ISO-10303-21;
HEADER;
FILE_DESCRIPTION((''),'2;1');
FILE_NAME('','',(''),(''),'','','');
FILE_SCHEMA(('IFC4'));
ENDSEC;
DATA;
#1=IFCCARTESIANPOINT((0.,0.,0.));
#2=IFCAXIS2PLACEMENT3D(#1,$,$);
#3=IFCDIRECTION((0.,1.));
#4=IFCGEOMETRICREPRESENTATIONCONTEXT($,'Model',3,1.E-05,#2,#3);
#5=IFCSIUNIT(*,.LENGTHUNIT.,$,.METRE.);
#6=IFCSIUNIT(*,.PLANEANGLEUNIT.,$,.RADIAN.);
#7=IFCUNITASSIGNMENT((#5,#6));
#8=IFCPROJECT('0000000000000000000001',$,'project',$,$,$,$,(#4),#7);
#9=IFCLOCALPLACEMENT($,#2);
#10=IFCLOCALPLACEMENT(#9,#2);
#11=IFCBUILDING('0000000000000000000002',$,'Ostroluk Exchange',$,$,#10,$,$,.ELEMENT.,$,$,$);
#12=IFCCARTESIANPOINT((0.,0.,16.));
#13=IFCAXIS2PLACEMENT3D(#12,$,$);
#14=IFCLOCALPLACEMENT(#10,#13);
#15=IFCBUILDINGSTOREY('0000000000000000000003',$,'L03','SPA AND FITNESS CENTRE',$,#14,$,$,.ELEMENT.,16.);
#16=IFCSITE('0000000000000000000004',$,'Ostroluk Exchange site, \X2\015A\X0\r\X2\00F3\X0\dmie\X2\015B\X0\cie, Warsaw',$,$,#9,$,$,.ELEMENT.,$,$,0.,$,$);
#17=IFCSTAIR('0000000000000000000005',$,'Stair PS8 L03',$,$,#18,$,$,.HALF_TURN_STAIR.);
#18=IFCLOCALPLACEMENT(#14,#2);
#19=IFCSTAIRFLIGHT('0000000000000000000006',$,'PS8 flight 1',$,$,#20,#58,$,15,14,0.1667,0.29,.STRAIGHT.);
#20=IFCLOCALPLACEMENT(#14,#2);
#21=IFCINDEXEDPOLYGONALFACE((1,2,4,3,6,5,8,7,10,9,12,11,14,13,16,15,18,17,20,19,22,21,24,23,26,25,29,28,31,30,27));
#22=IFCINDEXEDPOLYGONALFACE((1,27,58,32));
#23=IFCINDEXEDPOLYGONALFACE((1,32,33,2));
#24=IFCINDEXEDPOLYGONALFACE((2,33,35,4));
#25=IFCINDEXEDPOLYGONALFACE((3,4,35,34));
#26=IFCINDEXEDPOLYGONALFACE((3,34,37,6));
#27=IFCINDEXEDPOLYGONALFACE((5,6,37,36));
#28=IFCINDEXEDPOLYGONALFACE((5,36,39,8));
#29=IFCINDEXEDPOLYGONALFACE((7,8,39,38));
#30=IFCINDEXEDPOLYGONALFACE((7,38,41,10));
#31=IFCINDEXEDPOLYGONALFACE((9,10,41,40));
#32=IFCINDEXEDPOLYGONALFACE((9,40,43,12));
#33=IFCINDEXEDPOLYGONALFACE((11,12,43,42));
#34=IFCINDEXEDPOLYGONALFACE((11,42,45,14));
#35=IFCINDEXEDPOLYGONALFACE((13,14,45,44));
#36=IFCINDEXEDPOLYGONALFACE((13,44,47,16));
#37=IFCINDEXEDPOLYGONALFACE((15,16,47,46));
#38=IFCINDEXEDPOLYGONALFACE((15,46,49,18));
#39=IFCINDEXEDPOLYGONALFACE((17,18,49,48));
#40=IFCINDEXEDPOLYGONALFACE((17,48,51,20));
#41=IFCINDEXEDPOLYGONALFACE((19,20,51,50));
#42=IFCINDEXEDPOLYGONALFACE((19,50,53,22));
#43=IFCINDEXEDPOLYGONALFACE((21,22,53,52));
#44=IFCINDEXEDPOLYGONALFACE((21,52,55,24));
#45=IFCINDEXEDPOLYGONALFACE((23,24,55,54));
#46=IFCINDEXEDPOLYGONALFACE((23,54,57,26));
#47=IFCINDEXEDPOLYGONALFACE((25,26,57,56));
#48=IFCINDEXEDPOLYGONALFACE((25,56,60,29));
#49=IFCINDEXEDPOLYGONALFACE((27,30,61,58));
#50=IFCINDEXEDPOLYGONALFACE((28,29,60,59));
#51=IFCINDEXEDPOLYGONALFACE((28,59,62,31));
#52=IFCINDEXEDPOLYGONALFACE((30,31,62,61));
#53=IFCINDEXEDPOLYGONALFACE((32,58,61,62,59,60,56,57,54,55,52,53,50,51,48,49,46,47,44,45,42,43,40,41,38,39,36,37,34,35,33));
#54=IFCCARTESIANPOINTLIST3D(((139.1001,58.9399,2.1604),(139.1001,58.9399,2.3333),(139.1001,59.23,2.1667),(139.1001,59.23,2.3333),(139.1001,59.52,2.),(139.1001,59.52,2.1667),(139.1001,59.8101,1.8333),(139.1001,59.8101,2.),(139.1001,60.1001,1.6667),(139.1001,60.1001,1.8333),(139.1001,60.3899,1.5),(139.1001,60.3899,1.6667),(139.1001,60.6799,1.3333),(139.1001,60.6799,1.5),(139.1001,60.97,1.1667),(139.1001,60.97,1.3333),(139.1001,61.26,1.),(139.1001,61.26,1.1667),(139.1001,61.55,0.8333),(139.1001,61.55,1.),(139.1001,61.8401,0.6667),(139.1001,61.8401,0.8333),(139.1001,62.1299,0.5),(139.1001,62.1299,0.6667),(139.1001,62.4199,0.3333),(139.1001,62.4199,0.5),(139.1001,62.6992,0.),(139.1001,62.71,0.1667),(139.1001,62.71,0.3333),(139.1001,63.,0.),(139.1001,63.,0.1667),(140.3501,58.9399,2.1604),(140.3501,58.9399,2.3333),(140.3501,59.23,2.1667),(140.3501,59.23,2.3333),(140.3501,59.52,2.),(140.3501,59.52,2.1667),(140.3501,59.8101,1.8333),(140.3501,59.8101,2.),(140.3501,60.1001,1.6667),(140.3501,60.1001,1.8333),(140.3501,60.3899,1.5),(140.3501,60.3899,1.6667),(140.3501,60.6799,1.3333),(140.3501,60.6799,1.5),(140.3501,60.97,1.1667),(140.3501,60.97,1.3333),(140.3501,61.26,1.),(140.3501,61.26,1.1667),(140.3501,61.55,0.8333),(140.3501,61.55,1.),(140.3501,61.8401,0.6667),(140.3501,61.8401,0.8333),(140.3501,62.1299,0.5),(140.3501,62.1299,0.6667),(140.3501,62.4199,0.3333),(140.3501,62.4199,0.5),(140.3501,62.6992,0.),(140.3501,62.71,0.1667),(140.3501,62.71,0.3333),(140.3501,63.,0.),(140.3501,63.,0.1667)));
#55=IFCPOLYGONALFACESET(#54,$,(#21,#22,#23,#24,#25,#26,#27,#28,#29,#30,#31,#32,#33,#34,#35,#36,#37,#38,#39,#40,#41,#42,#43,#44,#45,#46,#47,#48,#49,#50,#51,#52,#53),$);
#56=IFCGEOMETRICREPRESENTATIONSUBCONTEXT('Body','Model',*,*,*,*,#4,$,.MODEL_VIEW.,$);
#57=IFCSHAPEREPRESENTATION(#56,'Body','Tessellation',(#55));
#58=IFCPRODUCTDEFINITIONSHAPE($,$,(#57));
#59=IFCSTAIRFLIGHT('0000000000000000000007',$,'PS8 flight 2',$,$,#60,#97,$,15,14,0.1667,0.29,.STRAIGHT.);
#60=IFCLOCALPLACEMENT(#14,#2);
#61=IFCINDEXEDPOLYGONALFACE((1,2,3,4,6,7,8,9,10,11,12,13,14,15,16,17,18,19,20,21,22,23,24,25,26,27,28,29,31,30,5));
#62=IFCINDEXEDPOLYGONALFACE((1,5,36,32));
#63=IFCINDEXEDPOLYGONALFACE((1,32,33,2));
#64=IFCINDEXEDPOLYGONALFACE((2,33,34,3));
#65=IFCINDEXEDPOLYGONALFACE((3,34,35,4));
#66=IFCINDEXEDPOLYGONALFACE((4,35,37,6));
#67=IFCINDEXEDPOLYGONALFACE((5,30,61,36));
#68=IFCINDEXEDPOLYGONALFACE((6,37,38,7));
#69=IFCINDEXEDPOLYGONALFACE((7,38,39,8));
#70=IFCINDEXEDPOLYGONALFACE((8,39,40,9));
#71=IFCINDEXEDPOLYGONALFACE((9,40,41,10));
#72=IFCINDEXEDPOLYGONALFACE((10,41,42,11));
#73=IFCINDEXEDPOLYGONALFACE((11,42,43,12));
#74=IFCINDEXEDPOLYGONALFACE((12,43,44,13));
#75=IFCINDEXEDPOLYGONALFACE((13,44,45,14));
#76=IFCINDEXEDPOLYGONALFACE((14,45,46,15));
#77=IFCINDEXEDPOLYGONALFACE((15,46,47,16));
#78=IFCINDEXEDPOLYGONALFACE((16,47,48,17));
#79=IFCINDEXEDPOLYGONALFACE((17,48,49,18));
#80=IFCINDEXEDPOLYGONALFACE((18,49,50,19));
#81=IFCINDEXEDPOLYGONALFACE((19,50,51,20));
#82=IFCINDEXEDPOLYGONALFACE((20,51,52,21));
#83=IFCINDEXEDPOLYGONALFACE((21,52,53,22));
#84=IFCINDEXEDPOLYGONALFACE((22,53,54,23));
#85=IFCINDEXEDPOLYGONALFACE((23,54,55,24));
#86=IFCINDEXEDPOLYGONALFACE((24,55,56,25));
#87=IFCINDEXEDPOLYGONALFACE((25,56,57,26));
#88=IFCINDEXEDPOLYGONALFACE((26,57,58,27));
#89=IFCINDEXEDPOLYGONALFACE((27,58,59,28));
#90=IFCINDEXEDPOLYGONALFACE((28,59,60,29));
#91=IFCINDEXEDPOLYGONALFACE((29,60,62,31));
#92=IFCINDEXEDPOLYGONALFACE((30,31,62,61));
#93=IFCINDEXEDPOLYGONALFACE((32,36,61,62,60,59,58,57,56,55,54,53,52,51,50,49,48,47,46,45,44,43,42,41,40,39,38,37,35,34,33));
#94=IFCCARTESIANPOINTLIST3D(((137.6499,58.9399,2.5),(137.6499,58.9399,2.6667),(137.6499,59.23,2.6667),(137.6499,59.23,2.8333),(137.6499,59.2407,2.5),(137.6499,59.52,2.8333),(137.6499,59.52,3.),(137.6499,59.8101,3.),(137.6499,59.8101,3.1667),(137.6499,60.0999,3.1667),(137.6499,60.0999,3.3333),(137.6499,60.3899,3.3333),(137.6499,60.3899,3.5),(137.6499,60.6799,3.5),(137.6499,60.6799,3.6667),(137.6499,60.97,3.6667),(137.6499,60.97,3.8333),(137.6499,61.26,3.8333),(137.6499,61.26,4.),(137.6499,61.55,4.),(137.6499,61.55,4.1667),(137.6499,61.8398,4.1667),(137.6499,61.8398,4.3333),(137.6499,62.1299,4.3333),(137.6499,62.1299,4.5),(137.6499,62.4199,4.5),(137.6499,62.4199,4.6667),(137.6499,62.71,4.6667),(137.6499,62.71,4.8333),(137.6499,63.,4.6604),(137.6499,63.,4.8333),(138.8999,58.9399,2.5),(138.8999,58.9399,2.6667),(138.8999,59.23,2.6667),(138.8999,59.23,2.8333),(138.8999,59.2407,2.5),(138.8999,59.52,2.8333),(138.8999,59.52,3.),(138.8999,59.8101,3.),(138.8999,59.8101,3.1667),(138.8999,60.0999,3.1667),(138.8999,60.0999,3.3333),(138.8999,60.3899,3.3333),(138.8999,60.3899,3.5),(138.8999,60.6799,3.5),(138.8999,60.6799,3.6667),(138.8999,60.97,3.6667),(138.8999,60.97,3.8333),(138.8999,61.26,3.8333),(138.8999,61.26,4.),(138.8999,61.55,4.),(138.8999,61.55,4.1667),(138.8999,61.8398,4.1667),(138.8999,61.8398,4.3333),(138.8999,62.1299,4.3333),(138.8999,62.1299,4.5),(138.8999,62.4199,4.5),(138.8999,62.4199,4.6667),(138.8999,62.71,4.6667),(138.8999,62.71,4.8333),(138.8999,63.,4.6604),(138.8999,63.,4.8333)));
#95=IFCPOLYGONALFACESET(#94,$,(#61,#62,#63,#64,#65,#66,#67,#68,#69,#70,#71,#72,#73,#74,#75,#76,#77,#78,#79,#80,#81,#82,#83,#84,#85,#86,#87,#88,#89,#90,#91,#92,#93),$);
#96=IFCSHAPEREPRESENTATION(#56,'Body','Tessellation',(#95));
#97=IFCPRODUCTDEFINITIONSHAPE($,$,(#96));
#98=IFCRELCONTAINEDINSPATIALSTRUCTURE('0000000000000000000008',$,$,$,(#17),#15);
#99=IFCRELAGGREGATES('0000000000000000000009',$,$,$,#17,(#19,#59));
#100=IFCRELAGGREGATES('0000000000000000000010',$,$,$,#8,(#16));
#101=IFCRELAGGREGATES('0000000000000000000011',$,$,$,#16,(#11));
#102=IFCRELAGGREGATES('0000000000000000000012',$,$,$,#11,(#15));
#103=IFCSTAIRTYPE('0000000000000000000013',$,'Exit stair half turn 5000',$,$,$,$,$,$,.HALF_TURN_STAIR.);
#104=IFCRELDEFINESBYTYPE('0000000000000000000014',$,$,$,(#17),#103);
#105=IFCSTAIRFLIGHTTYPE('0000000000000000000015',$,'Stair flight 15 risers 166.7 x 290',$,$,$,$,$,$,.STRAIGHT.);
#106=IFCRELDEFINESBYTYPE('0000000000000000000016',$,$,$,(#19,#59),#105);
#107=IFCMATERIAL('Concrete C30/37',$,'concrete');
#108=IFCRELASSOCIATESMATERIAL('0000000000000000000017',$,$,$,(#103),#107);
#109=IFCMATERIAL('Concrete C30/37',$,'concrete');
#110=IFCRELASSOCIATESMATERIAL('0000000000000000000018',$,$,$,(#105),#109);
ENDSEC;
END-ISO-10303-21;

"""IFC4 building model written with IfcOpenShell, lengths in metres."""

from ifc_helpers import new_model, si_unit, direction, frame, origin, place, context, subcontext, project, spatial, polyline, outline, extrude, material, type_object, element, aggregate, save


model = new_model("IFC4")

# Units and contexts
model_context = context("Model", 3, precision=1e-05, world=origin(), true_north=direction((0.0, 1.0)))
body_context = subcontext(model_context, "Body", "Model", "MODEL_VIEW")
ifc_project = project(units=[si_unit("LENGTHUNIT", "METRE"), si_unit("PLANEANGLEUNIT", "RADIAN")], contexts=[model_context])

# Site, building, storey
site_placement = place(None, origin())
site = spatial("IfcSite", under=ifc_project, at=site_placement, Name="Ostroluk Exchange site, Śródmieście, Warsaw", CompositionType="ELEMENT", RefElevation=0.0)
building_placement = place(site_placement, origin())
building = spatial("IfcBuilding", under=site, at=building_placement, Name="Ostroluk Exchange", CompositionType="ELEMENT")
storey_placement = place(building_placement, frame((0.0, 0.0, 16.0)))
storey = spatial("IfcBuildingStorey", under=building, at=storey_placement, Name="L03", Description="SPA AND FITNESS CENTRE", CompositionType="ELEMENT", Elevation=16.0)

# Stair, stair flights
ifc_material_1 = material(Name="Concrete C30/37", Category="concrete")
stair_type = type_object("IfcStairType", Name="Exit stair half turn 5000", PredefinedType="HALF_TURN_STAIR", material=ifc_material_1)
stair_placement = place(storey_placement, origin())
stair = element("IfcStair", 1, at=stair_placement, inside=storey, type_object=stair_type, Name="Stair PS8 L03", PredefinedType="HALF_TURN_STAIR")
ifc_material_2 = material(Name="Concrete C30/37", Category="concrete")
stair_flight_type = type_object("IfcStairFlightType", Name="Stair flight 15 risers 166.7 x 290", PredefinedType="STRAIGHT", material=ifc_material_2)
stair_flight_1_placement = place(storey_placement, frame((139.7251, 63.0, 0.0), z_axis=(0.0, 0.0, 1.0), x_axis=(0.0, -1.0, 0.0)))
stair_flight_1 = element("IfcStairFlight", 2, at=stair_flight_1_placement, type_object=stair_flight_type, Name="PS8 flight 1", NumberOfRisers=15, NumberOfTreads=14, PredefinedType="STRAIGHT", RiserHeight=0.1667, TreadLength=0.29, context=body_context, shape_type="SweptSolid", body=[
    extrude(outline(polyline([(0.0, 0.0), (0.0, 0.1667), (0.29, 0.1667), (0.29, 0.3333), (0.5801, 0.3333), (0.5801, 0.5), (0.8701, 0.5), (0.8701, 0.6667), (1.1599, 0.6667), (1.1599, 0.8333), (1.45, 0.8333), (1.45, 1.0), (1.74, 1.0), (1.74, 1.1667), (2.03, 1.1667), (2.03, 1.3333), (2.3201, 1.3333), (2.3201, 1.5), (2.6101, 1.5), (2.6101, 1.6667), (2.8999, 1.6667), (2.8999, 1.8333), (3.1899, 1.8333), (3.1899, 2.0), (3.48, 2.0), (3.48, 2.1667), (3.77, 2.1667), (3.77, 2.3333), (4.0601, 2.3333), (4.0601, 2.5), (4.0601, 2.1604), (0.3008, 0.0), (0.0, 0.0)])), frame((0.0, 0.625, 0.0), z_axis=(0.0, -1.0, 0.0), x_axis=(1.0, 0.0, 0.0)), (0.0, 0.0, 1.0), 1.25),
])
stair_flight_2_placement = place(storey_placement, frame((138.2749, 58.9399, 2.5), z_axis=(0.0, 0.0, 1.0), x_axis=(0.0, 1.0, 0.0)))
stair_flight_2 = element("IfcStairFlight", 3, at=stair_flight_2_placement, type_object=stair_flight_type, Name="PS8 flight 2", NumberOfRisers=15, NumberOfTreads=14, PredefinedType="STRAIGHT", RiserHeight=0.1667, TreadLength=0.29, context=body_context, shape_type="SweptSolid", body=[
    extrude(outline(polyline([(0.0, 0.0), (0.0, 0.1667), (0.29, 0.1667), (0.29, 0.3333), (0.5801, 0.3333), (0.5801, 0.5), (0.8701, 0.5), (0.8701, 0.6667), (1.1599, 0.6667), (1.1599, 0.8333), (1.45, 0.8333), (1.45, 1.0), (1.74, 1.0), (1.74, 1.1667), (2.03, 1.1667), (2.03, 1.3333), (2.3201, 1.3333), (2.3201, 1.5), (2.6101, 1.5), (2.6101, 1.6667), (2.8999, 1.6667), (2.8999, 1.8333), (3.1899, 1.8333), (3.1899, 2.0), (3.48, 2.0), (3.48, 2.1667), (3.77, 2.1667), (3.77, 2.3333), (4.0601, 2.3333), (4.0601, 2.5), (4.0601, 2.1604), (0.3008, 0.0), (0.0, 0.0)])), frame((0.0, 0.625, 0.0), z_axis=(0.0, -1.0, 0.0), x_axis=(1.0, 0.0, 0.0)), (0.0, 0.0, 1.0), 1.25),
])
aggregate(stair, [stair_flight_1, stair_flight_2])

save(model, "model.ifc")
